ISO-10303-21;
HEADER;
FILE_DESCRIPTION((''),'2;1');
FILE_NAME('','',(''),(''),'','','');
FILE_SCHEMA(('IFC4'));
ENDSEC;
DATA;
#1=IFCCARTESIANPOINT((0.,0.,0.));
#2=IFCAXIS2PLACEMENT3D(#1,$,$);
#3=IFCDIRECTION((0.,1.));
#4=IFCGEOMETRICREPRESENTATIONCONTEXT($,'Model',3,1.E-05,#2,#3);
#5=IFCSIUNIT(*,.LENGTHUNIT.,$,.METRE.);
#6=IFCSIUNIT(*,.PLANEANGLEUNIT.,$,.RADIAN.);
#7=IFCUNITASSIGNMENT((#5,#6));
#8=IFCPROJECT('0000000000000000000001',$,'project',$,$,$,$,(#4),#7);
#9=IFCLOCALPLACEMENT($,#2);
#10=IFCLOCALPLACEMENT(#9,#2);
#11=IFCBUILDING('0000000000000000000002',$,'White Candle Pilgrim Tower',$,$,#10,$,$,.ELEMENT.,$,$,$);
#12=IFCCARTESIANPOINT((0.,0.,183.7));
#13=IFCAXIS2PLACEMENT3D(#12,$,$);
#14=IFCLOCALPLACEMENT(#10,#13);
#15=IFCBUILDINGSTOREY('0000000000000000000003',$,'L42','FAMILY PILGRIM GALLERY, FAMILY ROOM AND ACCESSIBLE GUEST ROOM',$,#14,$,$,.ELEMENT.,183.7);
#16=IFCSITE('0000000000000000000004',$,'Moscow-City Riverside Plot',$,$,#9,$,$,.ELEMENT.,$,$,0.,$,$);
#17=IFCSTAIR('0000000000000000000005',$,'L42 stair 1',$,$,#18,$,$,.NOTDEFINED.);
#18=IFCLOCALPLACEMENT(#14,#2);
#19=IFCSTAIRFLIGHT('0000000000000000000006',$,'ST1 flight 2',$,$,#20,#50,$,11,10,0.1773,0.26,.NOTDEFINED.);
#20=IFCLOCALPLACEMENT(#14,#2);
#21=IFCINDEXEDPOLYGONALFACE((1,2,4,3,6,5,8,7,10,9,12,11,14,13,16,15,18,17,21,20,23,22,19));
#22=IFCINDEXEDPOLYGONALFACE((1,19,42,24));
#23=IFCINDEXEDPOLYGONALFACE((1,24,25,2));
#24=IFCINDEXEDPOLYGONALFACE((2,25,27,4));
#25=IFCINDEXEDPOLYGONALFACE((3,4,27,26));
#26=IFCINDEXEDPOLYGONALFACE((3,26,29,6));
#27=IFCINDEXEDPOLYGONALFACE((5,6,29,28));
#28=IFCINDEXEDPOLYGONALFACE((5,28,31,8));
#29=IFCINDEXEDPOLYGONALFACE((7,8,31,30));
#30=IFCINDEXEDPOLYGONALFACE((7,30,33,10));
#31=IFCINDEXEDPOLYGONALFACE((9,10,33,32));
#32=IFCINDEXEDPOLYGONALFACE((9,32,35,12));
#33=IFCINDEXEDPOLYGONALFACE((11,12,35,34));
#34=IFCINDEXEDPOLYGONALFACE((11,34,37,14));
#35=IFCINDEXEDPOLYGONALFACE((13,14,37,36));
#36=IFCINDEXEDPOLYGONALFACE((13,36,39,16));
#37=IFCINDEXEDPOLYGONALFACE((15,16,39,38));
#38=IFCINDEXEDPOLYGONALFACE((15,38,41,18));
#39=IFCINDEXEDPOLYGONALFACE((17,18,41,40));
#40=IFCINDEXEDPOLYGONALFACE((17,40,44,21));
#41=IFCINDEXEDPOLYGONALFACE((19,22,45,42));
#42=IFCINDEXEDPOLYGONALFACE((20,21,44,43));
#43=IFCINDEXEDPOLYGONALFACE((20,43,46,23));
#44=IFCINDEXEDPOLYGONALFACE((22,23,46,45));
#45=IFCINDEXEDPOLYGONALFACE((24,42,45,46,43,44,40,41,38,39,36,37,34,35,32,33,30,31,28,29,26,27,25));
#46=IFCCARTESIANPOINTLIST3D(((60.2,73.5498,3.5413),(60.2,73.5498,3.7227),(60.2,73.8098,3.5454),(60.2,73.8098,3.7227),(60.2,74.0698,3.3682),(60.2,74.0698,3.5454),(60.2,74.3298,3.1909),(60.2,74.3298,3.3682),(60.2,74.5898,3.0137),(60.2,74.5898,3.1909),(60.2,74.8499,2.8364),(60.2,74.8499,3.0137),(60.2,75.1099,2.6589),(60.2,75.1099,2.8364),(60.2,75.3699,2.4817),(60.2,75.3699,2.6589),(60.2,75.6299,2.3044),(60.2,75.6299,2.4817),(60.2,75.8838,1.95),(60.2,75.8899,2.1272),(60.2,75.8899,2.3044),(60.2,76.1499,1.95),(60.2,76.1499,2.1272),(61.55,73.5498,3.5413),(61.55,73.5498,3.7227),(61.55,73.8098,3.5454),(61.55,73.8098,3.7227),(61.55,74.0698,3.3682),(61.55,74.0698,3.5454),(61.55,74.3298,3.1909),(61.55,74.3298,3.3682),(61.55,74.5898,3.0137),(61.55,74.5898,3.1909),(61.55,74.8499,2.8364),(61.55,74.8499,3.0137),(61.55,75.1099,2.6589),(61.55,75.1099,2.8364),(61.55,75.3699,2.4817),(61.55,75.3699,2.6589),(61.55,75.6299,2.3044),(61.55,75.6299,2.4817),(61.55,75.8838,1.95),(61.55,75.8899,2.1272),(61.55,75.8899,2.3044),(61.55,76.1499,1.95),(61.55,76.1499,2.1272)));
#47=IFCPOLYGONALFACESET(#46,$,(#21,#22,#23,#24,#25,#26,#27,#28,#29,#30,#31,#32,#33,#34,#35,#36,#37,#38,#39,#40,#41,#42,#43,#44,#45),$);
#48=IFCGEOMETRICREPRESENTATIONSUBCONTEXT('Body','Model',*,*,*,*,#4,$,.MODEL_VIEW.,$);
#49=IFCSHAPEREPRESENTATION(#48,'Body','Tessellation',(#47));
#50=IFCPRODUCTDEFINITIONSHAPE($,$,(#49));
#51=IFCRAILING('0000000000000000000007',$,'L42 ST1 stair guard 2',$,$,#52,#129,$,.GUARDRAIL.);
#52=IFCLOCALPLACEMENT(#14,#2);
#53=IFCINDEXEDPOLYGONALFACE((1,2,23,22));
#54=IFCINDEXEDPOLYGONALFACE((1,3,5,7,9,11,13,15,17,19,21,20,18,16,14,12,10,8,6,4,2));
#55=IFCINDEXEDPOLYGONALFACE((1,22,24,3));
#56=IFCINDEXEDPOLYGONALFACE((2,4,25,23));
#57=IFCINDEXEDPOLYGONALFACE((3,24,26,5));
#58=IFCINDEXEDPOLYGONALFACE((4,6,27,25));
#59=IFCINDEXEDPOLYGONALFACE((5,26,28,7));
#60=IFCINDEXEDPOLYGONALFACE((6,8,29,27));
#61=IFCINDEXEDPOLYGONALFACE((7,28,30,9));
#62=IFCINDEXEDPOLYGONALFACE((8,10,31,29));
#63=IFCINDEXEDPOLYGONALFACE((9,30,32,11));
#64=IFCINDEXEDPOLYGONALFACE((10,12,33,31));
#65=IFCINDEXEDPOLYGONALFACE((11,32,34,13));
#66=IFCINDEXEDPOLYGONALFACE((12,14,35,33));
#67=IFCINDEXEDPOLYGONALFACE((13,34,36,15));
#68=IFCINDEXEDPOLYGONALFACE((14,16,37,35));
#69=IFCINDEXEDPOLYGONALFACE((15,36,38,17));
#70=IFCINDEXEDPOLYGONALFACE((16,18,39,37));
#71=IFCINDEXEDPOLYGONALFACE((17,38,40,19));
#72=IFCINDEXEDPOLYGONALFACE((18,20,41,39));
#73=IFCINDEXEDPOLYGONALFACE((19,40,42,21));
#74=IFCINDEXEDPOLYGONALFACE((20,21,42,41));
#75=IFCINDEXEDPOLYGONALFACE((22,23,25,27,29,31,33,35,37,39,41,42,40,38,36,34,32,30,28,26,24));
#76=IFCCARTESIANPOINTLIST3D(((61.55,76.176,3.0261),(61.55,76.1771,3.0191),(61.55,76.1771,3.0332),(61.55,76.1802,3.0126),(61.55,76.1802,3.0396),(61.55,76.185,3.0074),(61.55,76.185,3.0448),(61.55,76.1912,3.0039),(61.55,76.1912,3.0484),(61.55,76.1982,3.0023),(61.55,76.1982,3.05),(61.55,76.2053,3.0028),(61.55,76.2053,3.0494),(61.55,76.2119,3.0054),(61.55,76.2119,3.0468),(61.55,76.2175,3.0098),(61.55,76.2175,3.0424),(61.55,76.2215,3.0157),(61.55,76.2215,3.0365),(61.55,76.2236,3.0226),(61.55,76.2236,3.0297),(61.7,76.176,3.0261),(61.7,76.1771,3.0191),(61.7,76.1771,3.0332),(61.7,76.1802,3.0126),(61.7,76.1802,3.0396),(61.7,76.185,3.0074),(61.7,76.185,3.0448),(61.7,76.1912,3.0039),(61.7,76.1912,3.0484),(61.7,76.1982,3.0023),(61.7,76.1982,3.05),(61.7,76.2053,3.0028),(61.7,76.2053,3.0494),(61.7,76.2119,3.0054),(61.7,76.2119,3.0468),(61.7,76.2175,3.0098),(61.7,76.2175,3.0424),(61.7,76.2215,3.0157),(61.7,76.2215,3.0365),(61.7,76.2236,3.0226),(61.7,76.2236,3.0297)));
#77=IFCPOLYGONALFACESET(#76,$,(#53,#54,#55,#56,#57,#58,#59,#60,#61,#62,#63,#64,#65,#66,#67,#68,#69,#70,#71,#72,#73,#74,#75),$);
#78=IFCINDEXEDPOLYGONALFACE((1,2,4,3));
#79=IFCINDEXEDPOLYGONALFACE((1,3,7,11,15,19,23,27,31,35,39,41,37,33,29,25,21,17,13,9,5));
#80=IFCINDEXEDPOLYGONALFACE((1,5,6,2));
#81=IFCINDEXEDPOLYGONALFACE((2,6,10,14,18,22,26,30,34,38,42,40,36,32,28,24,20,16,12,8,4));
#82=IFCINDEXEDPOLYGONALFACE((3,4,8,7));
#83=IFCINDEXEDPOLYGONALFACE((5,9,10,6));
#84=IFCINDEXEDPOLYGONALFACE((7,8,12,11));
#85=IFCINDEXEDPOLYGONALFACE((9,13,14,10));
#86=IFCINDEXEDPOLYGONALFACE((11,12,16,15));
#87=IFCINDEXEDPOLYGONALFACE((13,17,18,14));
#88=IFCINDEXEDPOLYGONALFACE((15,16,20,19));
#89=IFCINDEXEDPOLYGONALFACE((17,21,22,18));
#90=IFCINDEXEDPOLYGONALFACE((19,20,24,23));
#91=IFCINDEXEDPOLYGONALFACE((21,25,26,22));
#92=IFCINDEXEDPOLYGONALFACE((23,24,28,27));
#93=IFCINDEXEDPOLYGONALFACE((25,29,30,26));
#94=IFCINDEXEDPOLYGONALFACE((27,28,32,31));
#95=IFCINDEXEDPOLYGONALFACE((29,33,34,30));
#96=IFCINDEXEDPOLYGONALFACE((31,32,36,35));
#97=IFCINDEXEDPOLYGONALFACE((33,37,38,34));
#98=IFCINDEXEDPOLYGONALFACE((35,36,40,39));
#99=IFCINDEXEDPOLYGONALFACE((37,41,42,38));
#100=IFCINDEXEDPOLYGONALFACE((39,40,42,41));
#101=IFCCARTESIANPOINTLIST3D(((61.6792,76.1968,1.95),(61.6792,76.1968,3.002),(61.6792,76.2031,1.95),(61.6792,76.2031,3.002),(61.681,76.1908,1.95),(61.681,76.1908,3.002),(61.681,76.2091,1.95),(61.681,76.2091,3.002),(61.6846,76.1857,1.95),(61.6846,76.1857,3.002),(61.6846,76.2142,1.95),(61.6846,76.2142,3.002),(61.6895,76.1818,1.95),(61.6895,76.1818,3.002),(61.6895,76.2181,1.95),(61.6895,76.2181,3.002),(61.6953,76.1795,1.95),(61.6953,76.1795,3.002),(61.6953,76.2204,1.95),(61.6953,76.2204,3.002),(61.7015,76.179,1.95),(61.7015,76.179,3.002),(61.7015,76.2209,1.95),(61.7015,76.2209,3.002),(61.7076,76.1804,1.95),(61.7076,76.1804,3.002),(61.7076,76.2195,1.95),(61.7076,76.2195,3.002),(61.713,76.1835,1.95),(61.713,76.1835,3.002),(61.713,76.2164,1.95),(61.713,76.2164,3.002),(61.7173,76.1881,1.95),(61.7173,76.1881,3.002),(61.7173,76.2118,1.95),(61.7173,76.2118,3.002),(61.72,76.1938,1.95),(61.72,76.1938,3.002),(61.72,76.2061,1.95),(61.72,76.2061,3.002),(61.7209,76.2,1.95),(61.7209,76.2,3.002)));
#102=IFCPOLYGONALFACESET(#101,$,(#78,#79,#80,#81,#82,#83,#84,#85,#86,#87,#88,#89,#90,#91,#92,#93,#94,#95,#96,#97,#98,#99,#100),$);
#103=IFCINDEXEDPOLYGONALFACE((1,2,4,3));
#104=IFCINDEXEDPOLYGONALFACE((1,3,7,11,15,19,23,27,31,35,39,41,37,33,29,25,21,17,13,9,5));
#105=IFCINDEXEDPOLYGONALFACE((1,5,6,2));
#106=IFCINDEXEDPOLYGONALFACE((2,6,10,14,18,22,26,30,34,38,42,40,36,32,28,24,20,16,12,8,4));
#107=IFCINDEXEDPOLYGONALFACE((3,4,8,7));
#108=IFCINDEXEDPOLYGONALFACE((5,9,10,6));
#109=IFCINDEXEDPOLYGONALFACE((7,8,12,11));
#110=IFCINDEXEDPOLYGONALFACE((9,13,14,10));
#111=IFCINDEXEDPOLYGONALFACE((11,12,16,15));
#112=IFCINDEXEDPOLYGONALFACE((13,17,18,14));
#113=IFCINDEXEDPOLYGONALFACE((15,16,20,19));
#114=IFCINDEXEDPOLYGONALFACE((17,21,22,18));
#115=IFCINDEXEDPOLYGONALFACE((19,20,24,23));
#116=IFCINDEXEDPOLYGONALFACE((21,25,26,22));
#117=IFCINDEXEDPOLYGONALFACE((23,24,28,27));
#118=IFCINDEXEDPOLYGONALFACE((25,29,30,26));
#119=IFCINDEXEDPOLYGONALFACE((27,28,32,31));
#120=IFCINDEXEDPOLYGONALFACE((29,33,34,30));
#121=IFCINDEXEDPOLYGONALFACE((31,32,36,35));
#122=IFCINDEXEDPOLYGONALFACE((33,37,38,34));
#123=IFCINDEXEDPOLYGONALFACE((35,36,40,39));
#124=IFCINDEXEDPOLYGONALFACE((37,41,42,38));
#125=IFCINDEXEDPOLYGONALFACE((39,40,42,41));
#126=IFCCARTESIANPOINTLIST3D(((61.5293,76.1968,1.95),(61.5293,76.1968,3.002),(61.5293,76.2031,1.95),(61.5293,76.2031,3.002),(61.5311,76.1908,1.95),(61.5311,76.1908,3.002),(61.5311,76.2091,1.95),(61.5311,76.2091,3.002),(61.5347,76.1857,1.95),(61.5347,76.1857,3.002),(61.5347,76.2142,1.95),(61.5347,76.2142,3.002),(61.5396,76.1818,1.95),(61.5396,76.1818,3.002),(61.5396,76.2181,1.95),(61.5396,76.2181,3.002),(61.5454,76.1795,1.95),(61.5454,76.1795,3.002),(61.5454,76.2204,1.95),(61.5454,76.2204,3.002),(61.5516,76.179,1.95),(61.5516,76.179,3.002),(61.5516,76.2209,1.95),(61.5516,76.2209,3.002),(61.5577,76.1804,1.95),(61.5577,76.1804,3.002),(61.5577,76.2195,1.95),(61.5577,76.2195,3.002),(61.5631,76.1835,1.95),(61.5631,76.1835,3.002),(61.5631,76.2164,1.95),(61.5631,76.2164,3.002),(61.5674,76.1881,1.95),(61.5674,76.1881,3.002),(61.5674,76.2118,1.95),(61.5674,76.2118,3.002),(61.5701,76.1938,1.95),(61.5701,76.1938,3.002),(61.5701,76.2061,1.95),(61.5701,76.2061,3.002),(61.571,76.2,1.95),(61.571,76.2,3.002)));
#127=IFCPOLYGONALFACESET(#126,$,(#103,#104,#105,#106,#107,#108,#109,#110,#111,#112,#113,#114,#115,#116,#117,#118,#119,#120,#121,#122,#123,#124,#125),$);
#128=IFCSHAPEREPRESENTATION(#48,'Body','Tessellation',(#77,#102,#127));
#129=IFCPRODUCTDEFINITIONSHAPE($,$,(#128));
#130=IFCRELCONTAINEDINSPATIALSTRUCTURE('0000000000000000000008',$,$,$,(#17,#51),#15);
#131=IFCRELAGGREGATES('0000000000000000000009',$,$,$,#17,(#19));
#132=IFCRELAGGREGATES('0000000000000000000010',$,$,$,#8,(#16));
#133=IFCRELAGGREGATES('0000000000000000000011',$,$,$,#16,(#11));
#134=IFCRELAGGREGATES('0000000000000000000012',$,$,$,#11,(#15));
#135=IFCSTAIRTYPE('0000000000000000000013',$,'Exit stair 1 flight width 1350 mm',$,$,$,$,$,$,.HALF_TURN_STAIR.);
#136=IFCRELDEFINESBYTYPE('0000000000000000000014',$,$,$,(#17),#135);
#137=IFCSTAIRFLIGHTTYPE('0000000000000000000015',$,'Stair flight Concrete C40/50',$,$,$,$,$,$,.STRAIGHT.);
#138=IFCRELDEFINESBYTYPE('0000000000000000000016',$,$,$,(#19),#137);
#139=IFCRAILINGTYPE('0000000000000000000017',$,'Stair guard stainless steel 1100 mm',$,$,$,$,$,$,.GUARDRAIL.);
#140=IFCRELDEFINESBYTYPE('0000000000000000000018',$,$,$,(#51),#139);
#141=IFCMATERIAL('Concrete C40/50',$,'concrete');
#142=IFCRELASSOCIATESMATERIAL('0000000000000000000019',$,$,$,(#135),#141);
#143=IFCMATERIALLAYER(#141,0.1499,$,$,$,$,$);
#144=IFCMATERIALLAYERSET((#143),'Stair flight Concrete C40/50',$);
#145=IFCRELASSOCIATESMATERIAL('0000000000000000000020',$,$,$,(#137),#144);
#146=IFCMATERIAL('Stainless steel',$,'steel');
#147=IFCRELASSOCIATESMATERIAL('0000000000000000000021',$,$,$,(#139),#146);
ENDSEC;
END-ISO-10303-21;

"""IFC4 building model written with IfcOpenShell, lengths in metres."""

from ifc_helpers import new_model, si_unit, direction, frame, origin, origin_2d, place, context, subcontext, project, spatial, polyline, circle, outline, extrude, material, layer, layer_set, type_object, element, aggregate, save


model = new_model("IFC4")

# Units and contexts
model_context = context("Model", 3, precision=1e-05, world=origin(), true_north=direction((0.0, 1.0)))
body_context = subcontext(model_context, "Body", "Model", "MODEL_VIEW")
ifc_project = project(units=[si_unit("LENGTHUNIT", "METRE"), si_unit("PLANEANGLEUNIT", "RADIAN")], contexts=[model_context])

# Site, building, storey
site_placement = place(None, origin())
site = spatial("IfcSite", under=ifc_project, at=site_placement, Name="Moscow-City Riverside Plot", CompositionType="ELEMENT", RefElevation=0.0)
building_placement = place(site_placement, origin())
building = spatial("IfcBuilding", under=site, at=building_placement, Name="White Candle Pilgrim Tower", CompositionType="ELEMENT")
storey_placement = place(building_placement, frame((0.0, 0.0, 183.7)))
storey = spatial("IfcBuildingStorey", under=building, at=storey_placement, Name="L42", Description="FAMILY PILGRIM GALLERY, FAMILY ROOM AND ACCESSIBLE GUEST ROOM", CompositionType="ELEMENT", Elevation=183.7)

# Shared definitions
ifc_material_1 = material(Name="Stainless steel", Category="steel")

# Stair, stair flight
ifc_material_2 = material(Name="Concrete C40/50", Category="concrete")
stair_type = type_object("IfcStairType", Name="Exit stair 1 flight width 1350 mm", PredefinedType="HALF_TURN_STAIR", material=ifc_material_2)
stair_placement = place(storey_placement, origin())
stair = element("IfcStair", 1, at=stair_placement, inside=storey, type_object=stair_type, Name="L42 stair 1", PredefinedType="NOTDEFINED")
ifc_layer_1 = layer(ifc_material_2, 0.1499)
ifc_layer_set_1 = layer_set([ifc_layer_1], Name="Stair flight Concrete C40/50")
stair_flight_type = type_object("IfcStairFlightType", Name="Stair flight Concrete C40/50", PredefinedType="STRAIGHT", material=ifc_layer_set_1)
stair_flight_placement = place(storey_placement, frame((60.875, 76.1499, 1.95), z_axis=(0.0, 0.0, 1.0), x_axis=(0.0, -1.0, 0.0)))
stair_flight = element("IfcStairFlight", 2, at=stair_flight_placement, type_object=stair_flight_type, Name="ST1 flight 2", NumberOfRisers=11, NumberOfTreads=10, PredefinedType="NOTDEFINED", RiserHeight=0.1773, TreadLength=0.26, context=body_context, shape_type="SweptSolid", body=[
    extrude(outline(polyline([(0.0, 0.0), (0.0, 0.1772), (0.26, 0.1772), (0.26, 0.3545), (0.52, 0.3545), (0.52, 0.5317), (0.78, 0.5317), (0.78, 0.709), (1.04, 0.709), (1.04, 0.8865), (1.3, 0.8865), (1.3, 1.0637), (1.5601, 1.0637), (1.5601, 1.241), (1.8201, 1.241), (1.8201, 1.4182), (2.0801, 1.4182), (2.0801, 1.5955), (2.3401, 1.5955), (2.3401, 1.7727), (2.6001, 1.7727), (2.6001, 1.95), (2.6001, 1.5913), (0.2661, 0.0), (0.0, 0.0)])), frame((0.0, 0.675, 0.0), z_axis=(0.0, -1.0, 0.0), x_axis=(1.0, 0.0, 0.0)), (0.0, 0.0, 1.0), 1.3501),
])
aggregate(stair, [stair_flight])

# Railing
railing_type_1 = type_object("IfcRailingType", Name="Stair guard stainless steel 1100 mm", PredefinedType="GUARDRAIL", material=ifc_material_1)
railing_1_placement = place(storey_placement, frame((61.7, 76.2, 1.95)))
element("IfcRailing", 3, at=railing_1_placement, inside=storey, type_object=railing_type_1, Name="L42 ST1 stair guard 2", PredefinedType="GUARDRAIL", context=body_context, shape_type="SweptSolid", body=[
    extrude(circle(Radius=0.0239, at=origin_2d()), frame((0.0, 0.0, 1.0762), z_axis=(-1.0, 0.0, 0.0), x_axis=(0.0, -1.0, 0.0)), (0.0, 0.0, 1.0), 0.1499),
    extrude(circle(Radius=0.021, at=origin_2d()), origin(), (0.0, 0.0, 1.0), 1.052),
    extrude(circle(Radius=0.021, at=origin_2d()), frame((-0.1499, 0.0, 0.0)), (0.0, 0.0, 1.0), 1.052),
])

save(model, "model.ifc")
